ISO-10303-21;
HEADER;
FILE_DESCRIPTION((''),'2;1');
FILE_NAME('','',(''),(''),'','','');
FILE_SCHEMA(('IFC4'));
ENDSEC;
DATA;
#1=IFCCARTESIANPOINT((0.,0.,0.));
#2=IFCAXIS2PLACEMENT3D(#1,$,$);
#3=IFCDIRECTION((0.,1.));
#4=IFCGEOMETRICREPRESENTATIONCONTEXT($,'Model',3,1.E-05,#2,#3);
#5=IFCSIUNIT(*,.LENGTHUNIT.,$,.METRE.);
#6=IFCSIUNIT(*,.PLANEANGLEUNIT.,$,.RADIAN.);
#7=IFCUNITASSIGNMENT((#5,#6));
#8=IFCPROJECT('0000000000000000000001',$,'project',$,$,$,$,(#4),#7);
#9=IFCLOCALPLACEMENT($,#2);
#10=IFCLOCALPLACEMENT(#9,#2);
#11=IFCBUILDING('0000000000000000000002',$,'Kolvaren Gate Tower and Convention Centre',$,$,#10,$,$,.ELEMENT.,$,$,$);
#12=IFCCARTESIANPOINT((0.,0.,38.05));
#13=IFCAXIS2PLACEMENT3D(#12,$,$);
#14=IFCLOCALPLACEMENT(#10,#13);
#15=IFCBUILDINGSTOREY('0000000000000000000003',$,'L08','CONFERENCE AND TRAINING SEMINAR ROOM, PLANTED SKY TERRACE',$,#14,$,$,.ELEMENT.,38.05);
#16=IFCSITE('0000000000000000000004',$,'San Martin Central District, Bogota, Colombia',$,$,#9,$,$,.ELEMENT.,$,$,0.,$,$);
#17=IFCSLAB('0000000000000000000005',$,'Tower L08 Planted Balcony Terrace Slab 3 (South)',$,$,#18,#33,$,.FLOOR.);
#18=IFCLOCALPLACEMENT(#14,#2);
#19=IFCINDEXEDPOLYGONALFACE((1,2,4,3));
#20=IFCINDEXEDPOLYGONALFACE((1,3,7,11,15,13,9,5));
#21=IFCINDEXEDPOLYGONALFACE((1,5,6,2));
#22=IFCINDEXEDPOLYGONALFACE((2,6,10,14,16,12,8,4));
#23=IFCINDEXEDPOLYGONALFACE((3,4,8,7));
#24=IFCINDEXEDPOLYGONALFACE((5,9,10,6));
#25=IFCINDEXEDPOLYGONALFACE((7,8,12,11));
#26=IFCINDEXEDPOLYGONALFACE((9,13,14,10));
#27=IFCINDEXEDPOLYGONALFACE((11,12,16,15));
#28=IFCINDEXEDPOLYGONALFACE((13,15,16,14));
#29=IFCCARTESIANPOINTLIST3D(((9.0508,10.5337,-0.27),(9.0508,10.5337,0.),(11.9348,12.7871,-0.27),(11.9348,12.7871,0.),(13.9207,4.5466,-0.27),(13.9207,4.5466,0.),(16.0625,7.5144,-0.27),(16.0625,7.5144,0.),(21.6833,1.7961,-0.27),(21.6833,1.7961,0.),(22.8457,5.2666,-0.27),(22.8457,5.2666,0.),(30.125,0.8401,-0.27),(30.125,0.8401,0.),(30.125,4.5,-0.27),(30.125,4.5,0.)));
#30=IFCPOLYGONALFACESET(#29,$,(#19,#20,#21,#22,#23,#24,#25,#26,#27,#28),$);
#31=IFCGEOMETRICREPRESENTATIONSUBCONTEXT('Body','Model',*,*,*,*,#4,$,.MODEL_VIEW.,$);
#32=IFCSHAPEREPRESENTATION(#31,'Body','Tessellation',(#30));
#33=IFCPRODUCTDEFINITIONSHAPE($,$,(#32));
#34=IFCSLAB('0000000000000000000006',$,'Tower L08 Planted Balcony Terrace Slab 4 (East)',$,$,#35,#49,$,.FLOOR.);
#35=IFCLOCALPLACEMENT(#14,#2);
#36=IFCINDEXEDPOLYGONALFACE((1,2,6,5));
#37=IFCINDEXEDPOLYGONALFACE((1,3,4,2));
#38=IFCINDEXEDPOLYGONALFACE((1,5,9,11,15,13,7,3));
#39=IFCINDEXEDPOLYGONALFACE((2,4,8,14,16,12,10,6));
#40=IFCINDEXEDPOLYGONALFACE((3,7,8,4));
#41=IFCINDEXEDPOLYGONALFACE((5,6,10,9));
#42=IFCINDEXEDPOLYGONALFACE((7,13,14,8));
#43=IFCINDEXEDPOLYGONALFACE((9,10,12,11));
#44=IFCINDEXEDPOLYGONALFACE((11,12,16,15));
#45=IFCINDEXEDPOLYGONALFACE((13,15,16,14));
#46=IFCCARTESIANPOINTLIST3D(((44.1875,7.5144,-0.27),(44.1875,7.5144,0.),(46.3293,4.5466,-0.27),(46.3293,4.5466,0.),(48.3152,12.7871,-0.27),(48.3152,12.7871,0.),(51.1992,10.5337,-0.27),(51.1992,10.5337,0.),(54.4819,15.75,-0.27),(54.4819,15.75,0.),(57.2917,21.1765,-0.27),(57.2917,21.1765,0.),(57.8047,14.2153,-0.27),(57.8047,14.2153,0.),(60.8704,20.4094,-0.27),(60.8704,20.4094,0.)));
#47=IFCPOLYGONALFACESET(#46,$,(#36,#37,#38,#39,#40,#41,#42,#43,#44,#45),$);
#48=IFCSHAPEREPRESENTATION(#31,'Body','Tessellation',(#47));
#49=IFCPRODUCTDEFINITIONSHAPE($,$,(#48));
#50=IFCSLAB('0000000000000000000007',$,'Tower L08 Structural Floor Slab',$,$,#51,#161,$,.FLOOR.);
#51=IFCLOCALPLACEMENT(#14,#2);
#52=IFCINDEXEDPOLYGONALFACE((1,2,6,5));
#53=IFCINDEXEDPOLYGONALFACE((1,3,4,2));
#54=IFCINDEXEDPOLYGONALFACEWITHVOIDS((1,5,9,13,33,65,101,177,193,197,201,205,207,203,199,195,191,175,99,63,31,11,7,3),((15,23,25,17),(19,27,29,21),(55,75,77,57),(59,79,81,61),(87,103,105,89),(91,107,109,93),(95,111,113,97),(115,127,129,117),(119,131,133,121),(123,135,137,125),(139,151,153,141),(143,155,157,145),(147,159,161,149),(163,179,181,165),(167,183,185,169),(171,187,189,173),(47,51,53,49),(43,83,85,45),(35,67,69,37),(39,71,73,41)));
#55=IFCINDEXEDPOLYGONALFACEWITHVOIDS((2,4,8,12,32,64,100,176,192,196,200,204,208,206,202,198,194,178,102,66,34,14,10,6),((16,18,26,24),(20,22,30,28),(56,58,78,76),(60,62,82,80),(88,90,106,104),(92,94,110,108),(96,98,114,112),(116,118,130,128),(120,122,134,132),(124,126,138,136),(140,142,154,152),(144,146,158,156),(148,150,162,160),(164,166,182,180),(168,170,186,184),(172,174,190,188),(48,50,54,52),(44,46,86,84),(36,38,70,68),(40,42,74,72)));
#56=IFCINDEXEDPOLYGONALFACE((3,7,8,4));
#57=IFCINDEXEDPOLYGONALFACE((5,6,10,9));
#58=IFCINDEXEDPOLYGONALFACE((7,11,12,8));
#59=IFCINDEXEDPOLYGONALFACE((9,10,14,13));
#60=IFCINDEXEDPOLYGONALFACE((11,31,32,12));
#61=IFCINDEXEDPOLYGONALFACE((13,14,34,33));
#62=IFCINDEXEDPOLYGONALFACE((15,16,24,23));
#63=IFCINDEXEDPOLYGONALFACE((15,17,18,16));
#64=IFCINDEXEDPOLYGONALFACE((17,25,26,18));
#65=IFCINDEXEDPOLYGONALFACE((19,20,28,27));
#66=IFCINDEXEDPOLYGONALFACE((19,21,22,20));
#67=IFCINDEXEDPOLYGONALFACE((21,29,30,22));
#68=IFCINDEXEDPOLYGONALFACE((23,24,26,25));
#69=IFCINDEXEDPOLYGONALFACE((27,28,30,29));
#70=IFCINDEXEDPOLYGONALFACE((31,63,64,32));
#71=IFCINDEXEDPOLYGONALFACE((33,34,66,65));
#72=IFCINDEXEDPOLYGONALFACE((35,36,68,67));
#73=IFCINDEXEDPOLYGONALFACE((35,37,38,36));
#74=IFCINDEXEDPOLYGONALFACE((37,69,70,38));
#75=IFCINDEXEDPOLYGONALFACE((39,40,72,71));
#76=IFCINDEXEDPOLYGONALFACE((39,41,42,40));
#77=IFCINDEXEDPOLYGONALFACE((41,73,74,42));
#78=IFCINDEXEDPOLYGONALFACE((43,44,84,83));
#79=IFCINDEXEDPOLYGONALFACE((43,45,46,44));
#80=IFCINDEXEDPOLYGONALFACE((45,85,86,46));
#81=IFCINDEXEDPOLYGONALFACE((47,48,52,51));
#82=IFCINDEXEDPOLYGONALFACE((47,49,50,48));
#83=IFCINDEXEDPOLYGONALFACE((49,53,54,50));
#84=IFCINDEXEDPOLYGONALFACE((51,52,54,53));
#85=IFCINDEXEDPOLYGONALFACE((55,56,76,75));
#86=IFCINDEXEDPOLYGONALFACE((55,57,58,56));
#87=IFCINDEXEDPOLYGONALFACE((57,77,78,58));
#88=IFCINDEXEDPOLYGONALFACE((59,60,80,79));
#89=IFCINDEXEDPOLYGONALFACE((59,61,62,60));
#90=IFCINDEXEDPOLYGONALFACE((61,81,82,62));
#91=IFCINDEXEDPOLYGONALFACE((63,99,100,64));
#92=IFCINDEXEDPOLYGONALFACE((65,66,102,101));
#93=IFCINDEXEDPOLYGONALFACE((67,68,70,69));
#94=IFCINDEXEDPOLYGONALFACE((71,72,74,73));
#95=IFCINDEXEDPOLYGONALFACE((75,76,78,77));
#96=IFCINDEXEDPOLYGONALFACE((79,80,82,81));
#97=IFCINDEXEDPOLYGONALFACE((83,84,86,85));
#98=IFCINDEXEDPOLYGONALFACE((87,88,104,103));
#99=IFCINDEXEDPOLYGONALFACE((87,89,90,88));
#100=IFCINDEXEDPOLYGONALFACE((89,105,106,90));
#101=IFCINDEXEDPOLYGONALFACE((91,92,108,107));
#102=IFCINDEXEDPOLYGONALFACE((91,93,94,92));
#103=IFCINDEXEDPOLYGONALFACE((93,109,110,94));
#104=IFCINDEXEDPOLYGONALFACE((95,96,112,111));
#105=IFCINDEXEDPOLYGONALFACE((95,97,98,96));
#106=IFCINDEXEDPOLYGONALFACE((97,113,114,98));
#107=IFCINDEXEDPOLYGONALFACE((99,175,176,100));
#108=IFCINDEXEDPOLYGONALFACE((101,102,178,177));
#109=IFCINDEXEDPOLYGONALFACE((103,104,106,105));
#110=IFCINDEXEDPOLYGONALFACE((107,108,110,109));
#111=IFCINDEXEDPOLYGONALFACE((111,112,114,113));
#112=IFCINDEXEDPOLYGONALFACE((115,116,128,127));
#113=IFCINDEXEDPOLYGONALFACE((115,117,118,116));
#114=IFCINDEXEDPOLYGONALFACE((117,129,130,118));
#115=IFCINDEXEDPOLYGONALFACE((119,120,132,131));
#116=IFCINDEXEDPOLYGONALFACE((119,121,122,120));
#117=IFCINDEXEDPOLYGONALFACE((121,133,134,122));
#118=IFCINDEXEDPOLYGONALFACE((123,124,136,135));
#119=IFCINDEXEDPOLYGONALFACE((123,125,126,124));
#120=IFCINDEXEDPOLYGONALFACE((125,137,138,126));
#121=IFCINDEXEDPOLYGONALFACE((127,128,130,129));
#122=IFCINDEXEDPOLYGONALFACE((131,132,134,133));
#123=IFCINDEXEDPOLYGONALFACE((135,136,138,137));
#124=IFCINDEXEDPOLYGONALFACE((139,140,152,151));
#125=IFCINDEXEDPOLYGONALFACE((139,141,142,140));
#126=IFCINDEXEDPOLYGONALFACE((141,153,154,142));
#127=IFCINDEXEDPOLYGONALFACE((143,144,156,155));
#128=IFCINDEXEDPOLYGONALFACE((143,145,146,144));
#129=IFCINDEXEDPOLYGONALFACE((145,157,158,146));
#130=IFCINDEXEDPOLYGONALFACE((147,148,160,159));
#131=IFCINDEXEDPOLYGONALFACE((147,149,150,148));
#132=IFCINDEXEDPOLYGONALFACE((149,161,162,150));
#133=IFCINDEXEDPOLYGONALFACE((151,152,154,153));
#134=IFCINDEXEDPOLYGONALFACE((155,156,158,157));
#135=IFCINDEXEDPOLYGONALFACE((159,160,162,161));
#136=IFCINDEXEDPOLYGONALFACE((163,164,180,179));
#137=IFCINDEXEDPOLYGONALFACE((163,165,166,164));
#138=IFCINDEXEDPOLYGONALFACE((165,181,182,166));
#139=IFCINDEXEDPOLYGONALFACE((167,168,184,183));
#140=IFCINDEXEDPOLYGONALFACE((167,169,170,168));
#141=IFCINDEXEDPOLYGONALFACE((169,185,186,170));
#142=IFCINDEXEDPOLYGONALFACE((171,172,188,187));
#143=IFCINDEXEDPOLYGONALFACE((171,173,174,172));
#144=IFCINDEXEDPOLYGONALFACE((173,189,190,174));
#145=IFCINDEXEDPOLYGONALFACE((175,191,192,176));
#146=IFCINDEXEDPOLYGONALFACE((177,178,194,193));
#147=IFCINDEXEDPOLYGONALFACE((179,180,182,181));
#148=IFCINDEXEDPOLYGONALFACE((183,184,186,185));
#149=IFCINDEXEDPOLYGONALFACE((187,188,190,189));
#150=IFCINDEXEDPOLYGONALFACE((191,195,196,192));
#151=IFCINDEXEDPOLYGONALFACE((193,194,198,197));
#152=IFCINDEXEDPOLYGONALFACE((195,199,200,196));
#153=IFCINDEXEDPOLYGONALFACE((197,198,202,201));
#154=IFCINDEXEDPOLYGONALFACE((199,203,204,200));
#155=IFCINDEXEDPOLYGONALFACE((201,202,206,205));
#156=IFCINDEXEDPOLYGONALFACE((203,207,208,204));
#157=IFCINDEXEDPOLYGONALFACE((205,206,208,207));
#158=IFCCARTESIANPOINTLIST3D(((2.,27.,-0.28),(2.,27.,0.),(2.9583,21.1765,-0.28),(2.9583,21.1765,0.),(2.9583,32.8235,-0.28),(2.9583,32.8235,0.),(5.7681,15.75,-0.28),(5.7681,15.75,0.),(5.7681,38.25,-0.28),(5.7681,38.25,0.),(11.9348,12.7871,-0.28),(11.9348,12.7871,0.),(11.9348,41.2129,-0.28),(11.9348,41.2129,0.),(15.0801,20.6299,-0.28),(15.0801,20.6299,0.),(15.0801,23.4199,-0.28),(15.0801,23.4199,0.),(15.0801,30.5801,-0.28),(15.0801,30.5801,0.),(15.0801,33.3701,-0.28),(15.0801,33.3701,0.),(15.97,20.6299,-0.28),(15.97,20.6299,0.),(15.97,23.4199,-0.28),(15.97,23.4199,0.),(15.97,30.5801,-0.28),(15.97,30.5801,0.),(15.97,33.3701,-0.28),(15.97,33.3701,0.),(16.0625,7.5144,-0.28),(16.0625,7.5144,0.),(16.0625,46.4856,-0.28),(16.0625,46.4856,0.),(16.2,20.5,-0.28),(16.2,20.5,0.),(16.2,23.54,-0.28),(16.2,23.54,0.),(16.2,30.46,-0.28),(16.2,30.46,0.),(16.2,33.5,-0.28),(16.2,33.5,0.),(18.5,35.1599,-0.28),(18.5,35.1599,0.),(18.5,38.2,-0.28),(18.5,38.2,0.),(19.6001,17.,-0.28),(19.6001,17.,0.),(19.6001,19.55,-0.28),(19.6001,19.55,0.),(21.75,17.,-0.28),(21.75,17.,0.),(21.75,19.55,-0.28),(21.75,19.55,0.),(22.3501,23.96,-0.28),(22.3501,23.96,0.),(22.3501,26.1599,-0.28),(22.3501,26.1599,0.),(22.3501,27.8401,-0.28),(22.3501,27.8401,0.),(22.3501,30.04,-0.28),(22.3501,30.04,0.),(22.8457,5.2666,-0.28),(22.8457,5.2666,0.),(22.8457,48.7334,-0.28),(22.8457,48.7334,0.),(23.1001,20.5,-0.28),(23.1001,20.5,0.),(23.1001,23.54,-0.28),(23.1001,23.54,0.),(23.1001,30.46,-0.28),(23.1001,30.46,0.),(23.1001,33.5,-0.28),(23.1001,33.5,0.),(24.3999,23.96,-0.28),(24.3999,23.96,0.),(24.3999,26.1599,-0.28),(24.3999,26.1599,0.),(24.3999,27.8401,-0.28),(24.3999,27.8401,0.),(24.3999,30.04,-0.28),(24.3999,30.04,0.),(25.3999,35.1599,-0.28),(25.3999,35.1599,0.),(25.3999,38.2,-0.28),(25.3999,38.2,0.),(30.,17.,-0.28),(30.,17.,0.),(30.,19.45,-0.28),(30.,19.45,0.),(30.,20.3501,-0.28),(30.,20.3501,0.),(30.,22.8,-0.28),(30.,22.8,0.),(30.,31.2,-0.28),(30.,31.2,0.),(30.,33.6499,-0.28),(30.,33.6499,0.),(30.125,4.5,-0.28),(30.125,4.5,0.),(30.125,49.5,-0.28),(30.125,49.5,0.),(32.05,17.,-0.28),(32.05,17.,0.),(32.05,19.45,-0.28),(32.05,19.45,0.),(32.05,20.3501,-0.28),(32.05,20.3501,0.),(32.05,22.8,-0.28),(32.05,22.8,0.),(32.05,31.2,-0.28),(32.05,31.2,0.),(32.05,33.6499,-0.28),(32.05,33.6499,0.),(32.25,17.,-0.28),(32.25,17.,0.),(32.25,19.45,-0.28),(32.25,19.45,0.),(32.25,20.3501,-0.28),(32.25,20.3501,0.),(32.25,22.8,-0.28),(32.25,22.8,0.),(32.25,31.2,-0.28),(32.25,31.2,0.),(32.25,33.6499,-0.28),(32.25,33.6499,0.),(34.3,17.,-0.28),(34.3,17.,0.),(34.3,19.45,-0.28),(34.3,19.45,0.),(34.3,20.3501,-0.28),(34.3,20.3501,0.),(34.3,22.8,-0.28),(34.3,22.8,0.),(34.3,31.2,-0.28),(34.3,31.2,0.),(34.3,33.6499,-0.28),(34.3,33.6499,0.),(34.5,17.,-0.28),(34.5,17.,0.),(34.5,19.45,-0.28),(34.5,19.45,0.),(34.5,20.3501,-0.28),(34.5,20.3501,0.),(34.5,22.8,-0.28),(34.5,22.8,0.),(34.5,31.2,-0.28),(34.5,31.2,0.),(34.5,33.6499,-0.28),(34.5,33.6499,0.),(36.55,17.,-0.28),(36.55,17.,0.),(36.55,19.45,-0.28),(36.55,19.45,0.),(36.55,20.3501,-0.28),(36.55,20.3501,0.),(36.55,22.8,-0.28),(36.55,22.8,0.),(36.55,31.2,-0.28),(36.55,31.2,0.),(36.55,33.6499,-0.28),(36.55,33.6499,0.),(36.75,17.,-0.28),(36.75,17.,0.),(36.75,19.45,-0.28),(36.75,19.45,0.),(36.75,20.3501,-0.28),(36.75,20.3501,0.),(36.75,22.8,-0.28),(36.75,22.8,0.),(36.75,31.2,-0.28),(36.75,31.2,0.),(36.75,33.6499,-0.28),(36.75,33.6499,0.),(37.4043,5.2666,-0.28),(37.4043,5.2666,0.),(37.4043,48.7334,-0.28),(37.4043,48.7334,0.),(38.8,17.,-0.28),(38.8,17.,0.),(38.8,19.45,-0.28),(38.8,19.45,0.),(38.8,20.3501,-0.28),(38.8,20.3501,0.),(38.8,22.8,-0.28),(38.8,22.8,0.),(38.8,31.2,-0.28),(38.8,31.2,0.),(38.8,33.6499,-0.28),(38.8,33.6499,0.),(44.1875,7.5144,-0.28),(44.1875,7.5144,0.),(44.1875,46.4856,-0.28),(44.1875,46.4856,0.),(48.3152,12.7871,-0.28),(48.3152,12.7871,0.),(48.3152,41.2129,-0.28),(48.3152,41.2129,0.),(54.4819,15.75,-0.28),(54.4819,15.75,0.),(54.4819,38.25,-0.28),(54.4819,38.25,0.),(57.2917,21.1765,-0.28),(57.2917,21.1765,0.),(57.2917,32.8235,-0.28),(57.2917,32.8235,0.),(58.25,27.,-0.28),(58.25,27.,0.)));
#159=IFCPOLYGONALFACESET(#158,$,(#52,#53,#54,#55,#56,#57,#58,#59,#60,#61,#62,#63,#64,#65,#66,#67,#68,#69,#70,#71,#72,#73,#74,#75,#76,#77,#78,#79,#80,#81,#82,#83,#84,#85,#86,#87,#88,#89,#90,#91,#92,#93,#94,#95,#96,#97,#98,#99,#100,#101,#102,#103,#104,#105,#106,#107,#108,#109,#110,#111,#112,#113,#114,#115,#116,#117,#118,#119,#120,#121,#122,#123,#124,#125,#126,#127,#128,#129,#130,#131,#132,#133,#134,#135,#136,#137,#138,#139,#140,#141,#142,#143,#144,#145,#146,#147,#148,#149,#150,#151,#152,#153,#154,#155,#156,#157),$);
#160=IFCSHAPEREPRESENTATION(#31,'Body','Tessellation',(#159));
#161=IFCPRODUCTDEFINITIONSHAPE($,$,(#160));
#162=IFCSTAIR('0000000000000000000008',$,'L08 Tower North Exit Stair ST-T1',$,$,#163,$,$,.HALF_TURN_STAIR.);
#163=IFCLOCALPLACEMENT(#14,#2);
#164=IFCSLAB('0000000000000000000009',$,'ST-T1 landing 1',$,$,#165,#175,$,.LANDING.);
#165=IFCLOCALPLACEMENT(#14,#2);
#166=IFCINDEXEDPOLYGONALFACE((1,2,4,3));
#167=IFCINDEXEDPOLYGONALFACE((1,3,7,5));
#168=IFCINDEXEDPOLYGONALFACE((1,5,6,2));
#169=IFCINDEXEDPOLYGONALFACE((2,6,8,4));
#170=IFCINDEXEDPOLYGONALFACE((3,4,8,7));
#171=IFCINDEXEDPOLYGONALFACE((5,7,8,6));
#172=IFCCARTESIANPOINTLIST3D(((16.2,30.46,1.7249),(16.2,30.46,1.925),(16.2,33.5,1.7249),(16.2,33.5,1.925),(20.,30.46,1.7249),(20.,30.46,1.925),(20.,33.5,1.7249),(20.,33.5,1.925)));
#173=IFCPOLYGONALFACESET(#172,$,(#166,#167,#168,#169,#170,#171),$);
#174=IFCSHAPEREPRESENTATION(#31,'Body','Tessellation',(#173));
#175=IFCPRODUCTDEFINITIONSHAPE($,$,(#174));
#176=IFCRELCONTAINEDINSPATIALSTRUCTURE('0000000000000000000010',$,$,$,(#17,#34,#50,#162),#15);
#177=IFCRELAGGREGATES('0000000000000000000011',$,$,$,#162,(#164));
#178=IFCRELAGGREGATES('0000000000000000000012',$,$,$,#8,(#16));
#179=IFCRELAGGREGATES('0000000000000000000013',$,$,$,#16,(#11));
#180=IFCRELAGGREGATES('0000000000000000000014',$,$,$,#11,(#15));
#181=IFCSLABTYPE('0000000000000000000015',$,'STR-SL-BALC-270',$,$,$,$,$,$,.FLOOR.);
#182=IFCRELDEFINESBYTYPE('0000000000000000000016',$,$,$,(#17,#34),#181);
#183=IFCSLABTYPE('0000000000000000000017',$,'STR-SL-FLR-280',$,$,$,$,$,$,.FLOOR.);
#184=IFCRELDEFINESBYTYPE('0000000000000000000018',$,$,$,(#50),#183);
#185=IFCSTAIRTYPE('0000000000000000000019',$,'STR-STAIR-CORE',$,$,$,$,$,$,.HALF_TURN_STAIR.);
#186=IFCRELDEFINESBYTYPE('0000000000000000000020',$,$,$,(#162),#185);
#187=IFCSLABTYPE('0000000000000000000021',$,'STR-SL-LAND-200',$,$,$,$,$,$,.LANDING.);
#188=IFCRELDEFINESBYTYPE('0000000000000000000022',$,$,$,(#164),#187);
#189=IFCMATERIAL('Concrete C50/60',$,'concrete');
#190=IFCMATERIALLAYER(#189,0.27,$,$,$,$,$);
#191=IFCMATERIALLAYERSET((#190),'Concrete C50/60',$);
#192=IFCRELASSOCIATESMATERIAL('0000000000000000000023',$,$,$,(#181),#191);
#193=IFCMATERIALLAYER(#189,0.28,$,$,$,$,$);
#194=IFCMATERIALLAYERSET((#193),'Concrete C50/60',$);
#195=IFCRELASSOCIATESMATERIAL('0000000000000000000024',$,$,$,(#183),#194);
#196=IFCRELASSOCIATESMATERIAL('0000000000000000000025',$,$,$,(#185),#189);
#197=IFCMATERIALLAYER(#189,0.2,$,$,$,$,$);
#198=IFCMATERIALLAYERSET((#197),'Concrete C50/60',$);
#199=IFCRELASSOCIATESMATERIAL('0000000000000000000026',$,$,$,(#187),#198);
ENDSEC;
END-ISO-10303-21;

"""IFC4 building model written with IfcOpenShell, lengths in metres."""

from ifc_helpers import new_model, si_unit, direction, frame, origin, place, context, subcontext, project, spatial, polyline, outline, extrude, material, layer, layer_set, type_object, element, aggregate, save


model = new_model("IFC4")

# Units and contexts
model_context = context("Model", 3, precision=1e-05, world=origin(), true_north=direction((0.0, 1.0)))
body_context = subcontext(model_context, "Body", "Model", "MODEL_VIEW")
ifc_project = project(units=[si_unit("LENGTHUNIT", "METRE"), si_unit("PLANEANGLEUNIT", "RADIAN")], contexts=[model_context])

# Site, building, storey
site_placement = place(None, origin())
site = spatial("IfcSite", under=ifc_project, at=site_placement, Name="San Martin Central District, Bogota, Colombia", CompositionType="ELEMENT", RefElevation=0.0)
building_placement = place(site_placement, origin())
building = spatial("IfcBuilding", under=site, at=building_placement, Name="Kolvaren Gate Tower and Convention Centre", CompositionType="ELEMENT")
storey_placement = place(building_placement, frame((0.0, 0.0, 38.05)))
storey = spatial("IfcBuildingStorey", under=building, at=storey_placement, Name="L08", Description="CONFERENCE AND TRAINING SEMINAR ROOM, PLANTED SKY TERRACE", CompositionType="ELEMENT", Elevation=38.05)

# Slabs
ifc_material_1 = material(Name="Concrete C50/60", Category="concrete")
ifc_layer_1 = layer(ifc_material_1, 0.27)
ifc_layer_set_1 = layer_set([ifc_layer_1], Name="Concrete C50/60")
slab_type_1 = type_object("IfcSlabType", Name="STR-SL-BALC-270", PredefinedType="FLOOR", material=ifc_layer_set_1)
slab_1_placement = place(storey_placement, frame((0.0, 0.0, -0.27)))
element("IfcSlab", 1, at=slab_1_placement, inside=storey, type_object=slab_type_1, Name="Tower L08 Planted Balcony Terrace Slab 3 (South)", PredefinedType="FLOOR", context=body_context, shape_type="SweptSolid", body=[
    extrude(outline(polyline([(11.9348, 12.7871), (16.0625, 7.5144), (22.8457, 5.2666), (30.125, 4.5), (30.125, 0.8401), (21.6833, 1.7961), (13.9207, 4.5466), (9.0508, 10.5337), (11.9348, 12.7871)])), origin(), (0.0, 0.0, 1.0), 0.27),
])
slab_2_placement = place(storey_placement, frame((0.0, 0.0, -0.27)))
element("IfcSlab", 2, at=slab_2_placement, inside=storey, type_object=slab_type_1, Name="Tower L08 Planted Balcony Terrace Slab 4 (East)", PredefinedType="FLOOR", context=body_context, shape_type="SweptSolid", body=[
    extrude(outline(polyline([(44.1875, 7.5144), (48.3152, 12.7871), (54.4819, 15.75), (57.2917, 21.1765), (60.8704, 20.4094), (57.8047, 14.2153), (51.1992, 10.5337), (46.3293, 4.5466), (44.1875, 7.5144)])), origin(), (0.0, 0.0, 1.0), 0.27),
])
ifc_layer_2 = layer(ifc_material_1, 0.28)
ifc_layer_set_2 = layer_set([ifc_layer_2], Name="Concrete C50/60")
slab_type_2 = type_object("IfcSlabType", Name="STR-SL-FLR-280", PredefinedType="FLOOR", material=ifc_layer_set_2)
slab_3_placement = place(storey_placement, frame((0.0, 0.0, -0.28)))
element("IfcSlab", 3, at=slab_3_placement, inside=storey, type_object=slab_type_2, Name="Tower L08 Structural Floor Slab", PredefinedType="FLOOR", context=body_context, shape_type="SweptSolid", body=[
    extrude(outline(polyline([(58.25, 27.0), (57.2917, 32.8235), (54.4819, 38.25), (48.3152, 41.2129), (44.1875, 46.4856), (37.4043, 48.7334), (30.125, 49.5), (22.8457, 48.7334), (16.0625, 46.4856), (11.9348, 41.2129), (5.7681, 38.25), (2.9583, 32.8235), (2.0, 27.0), (2.9583, 21.1765), (5.7681, 15.75), (11.9348, 12.7871), (16.0625, 7.5144), (22.8457, 5.2666), (30.125, 4.5), (37.4043, 5.2666), (44.1875, 7.5144), (48.3152, 12.7871), (54.4819, 15.75), (57.2917, 21.1765), (58.25, 27.0)]), holes=[polyline([(36.75, 33.6499), (38.8, 33.6499), (38.8, 31.2), (36.75, 31.2), (36.75, 33.6499)]), polyline([(36.75, 20.3501), (36.75, 22.8), (38.8, 22.8), (38.8, 20.3501), (36.75, 20.3501)]), polyline([(36.75, 17.0), (36.75, 19.45), (38.8, 19.45), (38.8, 17.0), (36.75, 17.0)]), polyline([(34.5, 33.6499), (36.55, 33.6499), (36.55, 31.2), (34.5, 31.2), (34.5, 33.6499)]), polyline([(34.5, 22.8), (36.55, 22.8), (36.55, 20.3501), (34.5, 20.3501), (34.5, 22.8)]), polyline([(34.5, 17.0), (34.5, 19.45), (36.55, 19.45), (36.55, 17.0), (34.5, 17.0)]), polyline([(32.25, 31.2), (32.25, 33.6499), (34.3, 33.6499), (34.3, 31.2), (32.25, 31.2)]), polyline([(32.25, 22.8), (34.3, 22.8), (34.3, 20.3501), (32.25, 20.3501), (32.25, 22.8)]), polyline([(32.25, 17.0), (32.25, 19.45), (34.3, 19.45), (34.3, 17.0), (32.25, 17.0)]), polyline([(30.0, 31.2), (30.0, 33.6499), (32.05, 33.6499), (32.05, 31.2), (30.0, 31.2)]), polyline([(30.0, 20.3501), (30.0, 22.8), (32.05, 22.8), (32.05, 20.3501), (30.0, 20.3501)]), polyline([(30.0, 17.0), (30.0, 19.45), (32.05, 19.45), (32.05, 17.0), (30.0, 17.0)]), polyline([(25.3999, 35.1599), (18.5, 35.1599), (18.5, 38.2), (25.3999, 38.2), (25.3999, 35.1599)]), polyline([(22.3501, 27.8401), (22.3501, 30.04), (24.3999, 30.04), (24.3999, 27.8401), (22.3501, 27.8401)]), polyline([(22.3501, 23.96), (22.3501, 26.1599), (24.3999, 26.1599), (24.3999, 23.96), (22.3501, 23.96)]), polyline([(23.1001, 30.46), (16.2, 30.46), (16.2, 33.5), (23.1001, 33.5), (23.1001, 30.46)]), polyline([(23.1001, 20.5), (16.2, 20.5), (16.2, 23.54), (23.1001, 23.54), (23.1001, 20.5)]), polyline([(19.6001, 17.0), (19.6001, 19.55), (21.75, 19.55), (21.75, 17.0), (19.6001, 17.0)]), polyline([(15.0801, 23.4199), (15.97, 23.4199), (15.97, 20.6299), (15.0801, 20.6299), (15.0801, 23.4199)]), polyline([(15.0801, 30.5801), (15.0801, 33.3701), (15.97, 33.3701), (15.97, 30.5801), (15.0801, 30.5801)])]), origin(), (0.0, 0.0, 1.0), 0.28),
])

# Stair, slab
stair_type = type_object("IfcStairType", Name="STR-STAIR-CORE", PredefinedType="HALF_TURN_STAIR", material=ifc_material_1)
stair_1_placement = place(storey_placement, origin())
stair_1 = element("IfcStair", 4, at=stair_1_placement, inside=storey, type_object=stair_type, Name="L08 Tower North Exit Stair ST-T1", PredefinedType="HALF_TURN_STAIR")
ifc_layer_3 = layer(ifc_material_1, 0.2)
ifc_layer_set_3 = layer_set([ifc_layer_3], Name="Concrete C50/60")
slab_type_3 = type_object("IfcSlabType", Name="STR-SL-LAND-200", PredefinedType="LANDING", material=ifc_layer_set_3)
slab_4_placement = place(storey_placement, frame((0.0, 0.0, 1.7249)))
slab_4 = element("IfcSlab", 5, at=slab_4_placement, type_object=slab_type_3, Name="ST-T1 landing 1", PredefinedType="LANDING", context=body_context, shape_type="SweptSolid", body=[
    extrude(outline(polyline([(20.0, 33.5), (16.2, 33.5), (16.2, 30.46), (20.0, 30.46), (20.0, 33.5)])), origin(), (0.0, 0.0, 1.0), 0.2002),
])
aggregate(stair_1, [slab_4])

save(model, "model.ifc")
